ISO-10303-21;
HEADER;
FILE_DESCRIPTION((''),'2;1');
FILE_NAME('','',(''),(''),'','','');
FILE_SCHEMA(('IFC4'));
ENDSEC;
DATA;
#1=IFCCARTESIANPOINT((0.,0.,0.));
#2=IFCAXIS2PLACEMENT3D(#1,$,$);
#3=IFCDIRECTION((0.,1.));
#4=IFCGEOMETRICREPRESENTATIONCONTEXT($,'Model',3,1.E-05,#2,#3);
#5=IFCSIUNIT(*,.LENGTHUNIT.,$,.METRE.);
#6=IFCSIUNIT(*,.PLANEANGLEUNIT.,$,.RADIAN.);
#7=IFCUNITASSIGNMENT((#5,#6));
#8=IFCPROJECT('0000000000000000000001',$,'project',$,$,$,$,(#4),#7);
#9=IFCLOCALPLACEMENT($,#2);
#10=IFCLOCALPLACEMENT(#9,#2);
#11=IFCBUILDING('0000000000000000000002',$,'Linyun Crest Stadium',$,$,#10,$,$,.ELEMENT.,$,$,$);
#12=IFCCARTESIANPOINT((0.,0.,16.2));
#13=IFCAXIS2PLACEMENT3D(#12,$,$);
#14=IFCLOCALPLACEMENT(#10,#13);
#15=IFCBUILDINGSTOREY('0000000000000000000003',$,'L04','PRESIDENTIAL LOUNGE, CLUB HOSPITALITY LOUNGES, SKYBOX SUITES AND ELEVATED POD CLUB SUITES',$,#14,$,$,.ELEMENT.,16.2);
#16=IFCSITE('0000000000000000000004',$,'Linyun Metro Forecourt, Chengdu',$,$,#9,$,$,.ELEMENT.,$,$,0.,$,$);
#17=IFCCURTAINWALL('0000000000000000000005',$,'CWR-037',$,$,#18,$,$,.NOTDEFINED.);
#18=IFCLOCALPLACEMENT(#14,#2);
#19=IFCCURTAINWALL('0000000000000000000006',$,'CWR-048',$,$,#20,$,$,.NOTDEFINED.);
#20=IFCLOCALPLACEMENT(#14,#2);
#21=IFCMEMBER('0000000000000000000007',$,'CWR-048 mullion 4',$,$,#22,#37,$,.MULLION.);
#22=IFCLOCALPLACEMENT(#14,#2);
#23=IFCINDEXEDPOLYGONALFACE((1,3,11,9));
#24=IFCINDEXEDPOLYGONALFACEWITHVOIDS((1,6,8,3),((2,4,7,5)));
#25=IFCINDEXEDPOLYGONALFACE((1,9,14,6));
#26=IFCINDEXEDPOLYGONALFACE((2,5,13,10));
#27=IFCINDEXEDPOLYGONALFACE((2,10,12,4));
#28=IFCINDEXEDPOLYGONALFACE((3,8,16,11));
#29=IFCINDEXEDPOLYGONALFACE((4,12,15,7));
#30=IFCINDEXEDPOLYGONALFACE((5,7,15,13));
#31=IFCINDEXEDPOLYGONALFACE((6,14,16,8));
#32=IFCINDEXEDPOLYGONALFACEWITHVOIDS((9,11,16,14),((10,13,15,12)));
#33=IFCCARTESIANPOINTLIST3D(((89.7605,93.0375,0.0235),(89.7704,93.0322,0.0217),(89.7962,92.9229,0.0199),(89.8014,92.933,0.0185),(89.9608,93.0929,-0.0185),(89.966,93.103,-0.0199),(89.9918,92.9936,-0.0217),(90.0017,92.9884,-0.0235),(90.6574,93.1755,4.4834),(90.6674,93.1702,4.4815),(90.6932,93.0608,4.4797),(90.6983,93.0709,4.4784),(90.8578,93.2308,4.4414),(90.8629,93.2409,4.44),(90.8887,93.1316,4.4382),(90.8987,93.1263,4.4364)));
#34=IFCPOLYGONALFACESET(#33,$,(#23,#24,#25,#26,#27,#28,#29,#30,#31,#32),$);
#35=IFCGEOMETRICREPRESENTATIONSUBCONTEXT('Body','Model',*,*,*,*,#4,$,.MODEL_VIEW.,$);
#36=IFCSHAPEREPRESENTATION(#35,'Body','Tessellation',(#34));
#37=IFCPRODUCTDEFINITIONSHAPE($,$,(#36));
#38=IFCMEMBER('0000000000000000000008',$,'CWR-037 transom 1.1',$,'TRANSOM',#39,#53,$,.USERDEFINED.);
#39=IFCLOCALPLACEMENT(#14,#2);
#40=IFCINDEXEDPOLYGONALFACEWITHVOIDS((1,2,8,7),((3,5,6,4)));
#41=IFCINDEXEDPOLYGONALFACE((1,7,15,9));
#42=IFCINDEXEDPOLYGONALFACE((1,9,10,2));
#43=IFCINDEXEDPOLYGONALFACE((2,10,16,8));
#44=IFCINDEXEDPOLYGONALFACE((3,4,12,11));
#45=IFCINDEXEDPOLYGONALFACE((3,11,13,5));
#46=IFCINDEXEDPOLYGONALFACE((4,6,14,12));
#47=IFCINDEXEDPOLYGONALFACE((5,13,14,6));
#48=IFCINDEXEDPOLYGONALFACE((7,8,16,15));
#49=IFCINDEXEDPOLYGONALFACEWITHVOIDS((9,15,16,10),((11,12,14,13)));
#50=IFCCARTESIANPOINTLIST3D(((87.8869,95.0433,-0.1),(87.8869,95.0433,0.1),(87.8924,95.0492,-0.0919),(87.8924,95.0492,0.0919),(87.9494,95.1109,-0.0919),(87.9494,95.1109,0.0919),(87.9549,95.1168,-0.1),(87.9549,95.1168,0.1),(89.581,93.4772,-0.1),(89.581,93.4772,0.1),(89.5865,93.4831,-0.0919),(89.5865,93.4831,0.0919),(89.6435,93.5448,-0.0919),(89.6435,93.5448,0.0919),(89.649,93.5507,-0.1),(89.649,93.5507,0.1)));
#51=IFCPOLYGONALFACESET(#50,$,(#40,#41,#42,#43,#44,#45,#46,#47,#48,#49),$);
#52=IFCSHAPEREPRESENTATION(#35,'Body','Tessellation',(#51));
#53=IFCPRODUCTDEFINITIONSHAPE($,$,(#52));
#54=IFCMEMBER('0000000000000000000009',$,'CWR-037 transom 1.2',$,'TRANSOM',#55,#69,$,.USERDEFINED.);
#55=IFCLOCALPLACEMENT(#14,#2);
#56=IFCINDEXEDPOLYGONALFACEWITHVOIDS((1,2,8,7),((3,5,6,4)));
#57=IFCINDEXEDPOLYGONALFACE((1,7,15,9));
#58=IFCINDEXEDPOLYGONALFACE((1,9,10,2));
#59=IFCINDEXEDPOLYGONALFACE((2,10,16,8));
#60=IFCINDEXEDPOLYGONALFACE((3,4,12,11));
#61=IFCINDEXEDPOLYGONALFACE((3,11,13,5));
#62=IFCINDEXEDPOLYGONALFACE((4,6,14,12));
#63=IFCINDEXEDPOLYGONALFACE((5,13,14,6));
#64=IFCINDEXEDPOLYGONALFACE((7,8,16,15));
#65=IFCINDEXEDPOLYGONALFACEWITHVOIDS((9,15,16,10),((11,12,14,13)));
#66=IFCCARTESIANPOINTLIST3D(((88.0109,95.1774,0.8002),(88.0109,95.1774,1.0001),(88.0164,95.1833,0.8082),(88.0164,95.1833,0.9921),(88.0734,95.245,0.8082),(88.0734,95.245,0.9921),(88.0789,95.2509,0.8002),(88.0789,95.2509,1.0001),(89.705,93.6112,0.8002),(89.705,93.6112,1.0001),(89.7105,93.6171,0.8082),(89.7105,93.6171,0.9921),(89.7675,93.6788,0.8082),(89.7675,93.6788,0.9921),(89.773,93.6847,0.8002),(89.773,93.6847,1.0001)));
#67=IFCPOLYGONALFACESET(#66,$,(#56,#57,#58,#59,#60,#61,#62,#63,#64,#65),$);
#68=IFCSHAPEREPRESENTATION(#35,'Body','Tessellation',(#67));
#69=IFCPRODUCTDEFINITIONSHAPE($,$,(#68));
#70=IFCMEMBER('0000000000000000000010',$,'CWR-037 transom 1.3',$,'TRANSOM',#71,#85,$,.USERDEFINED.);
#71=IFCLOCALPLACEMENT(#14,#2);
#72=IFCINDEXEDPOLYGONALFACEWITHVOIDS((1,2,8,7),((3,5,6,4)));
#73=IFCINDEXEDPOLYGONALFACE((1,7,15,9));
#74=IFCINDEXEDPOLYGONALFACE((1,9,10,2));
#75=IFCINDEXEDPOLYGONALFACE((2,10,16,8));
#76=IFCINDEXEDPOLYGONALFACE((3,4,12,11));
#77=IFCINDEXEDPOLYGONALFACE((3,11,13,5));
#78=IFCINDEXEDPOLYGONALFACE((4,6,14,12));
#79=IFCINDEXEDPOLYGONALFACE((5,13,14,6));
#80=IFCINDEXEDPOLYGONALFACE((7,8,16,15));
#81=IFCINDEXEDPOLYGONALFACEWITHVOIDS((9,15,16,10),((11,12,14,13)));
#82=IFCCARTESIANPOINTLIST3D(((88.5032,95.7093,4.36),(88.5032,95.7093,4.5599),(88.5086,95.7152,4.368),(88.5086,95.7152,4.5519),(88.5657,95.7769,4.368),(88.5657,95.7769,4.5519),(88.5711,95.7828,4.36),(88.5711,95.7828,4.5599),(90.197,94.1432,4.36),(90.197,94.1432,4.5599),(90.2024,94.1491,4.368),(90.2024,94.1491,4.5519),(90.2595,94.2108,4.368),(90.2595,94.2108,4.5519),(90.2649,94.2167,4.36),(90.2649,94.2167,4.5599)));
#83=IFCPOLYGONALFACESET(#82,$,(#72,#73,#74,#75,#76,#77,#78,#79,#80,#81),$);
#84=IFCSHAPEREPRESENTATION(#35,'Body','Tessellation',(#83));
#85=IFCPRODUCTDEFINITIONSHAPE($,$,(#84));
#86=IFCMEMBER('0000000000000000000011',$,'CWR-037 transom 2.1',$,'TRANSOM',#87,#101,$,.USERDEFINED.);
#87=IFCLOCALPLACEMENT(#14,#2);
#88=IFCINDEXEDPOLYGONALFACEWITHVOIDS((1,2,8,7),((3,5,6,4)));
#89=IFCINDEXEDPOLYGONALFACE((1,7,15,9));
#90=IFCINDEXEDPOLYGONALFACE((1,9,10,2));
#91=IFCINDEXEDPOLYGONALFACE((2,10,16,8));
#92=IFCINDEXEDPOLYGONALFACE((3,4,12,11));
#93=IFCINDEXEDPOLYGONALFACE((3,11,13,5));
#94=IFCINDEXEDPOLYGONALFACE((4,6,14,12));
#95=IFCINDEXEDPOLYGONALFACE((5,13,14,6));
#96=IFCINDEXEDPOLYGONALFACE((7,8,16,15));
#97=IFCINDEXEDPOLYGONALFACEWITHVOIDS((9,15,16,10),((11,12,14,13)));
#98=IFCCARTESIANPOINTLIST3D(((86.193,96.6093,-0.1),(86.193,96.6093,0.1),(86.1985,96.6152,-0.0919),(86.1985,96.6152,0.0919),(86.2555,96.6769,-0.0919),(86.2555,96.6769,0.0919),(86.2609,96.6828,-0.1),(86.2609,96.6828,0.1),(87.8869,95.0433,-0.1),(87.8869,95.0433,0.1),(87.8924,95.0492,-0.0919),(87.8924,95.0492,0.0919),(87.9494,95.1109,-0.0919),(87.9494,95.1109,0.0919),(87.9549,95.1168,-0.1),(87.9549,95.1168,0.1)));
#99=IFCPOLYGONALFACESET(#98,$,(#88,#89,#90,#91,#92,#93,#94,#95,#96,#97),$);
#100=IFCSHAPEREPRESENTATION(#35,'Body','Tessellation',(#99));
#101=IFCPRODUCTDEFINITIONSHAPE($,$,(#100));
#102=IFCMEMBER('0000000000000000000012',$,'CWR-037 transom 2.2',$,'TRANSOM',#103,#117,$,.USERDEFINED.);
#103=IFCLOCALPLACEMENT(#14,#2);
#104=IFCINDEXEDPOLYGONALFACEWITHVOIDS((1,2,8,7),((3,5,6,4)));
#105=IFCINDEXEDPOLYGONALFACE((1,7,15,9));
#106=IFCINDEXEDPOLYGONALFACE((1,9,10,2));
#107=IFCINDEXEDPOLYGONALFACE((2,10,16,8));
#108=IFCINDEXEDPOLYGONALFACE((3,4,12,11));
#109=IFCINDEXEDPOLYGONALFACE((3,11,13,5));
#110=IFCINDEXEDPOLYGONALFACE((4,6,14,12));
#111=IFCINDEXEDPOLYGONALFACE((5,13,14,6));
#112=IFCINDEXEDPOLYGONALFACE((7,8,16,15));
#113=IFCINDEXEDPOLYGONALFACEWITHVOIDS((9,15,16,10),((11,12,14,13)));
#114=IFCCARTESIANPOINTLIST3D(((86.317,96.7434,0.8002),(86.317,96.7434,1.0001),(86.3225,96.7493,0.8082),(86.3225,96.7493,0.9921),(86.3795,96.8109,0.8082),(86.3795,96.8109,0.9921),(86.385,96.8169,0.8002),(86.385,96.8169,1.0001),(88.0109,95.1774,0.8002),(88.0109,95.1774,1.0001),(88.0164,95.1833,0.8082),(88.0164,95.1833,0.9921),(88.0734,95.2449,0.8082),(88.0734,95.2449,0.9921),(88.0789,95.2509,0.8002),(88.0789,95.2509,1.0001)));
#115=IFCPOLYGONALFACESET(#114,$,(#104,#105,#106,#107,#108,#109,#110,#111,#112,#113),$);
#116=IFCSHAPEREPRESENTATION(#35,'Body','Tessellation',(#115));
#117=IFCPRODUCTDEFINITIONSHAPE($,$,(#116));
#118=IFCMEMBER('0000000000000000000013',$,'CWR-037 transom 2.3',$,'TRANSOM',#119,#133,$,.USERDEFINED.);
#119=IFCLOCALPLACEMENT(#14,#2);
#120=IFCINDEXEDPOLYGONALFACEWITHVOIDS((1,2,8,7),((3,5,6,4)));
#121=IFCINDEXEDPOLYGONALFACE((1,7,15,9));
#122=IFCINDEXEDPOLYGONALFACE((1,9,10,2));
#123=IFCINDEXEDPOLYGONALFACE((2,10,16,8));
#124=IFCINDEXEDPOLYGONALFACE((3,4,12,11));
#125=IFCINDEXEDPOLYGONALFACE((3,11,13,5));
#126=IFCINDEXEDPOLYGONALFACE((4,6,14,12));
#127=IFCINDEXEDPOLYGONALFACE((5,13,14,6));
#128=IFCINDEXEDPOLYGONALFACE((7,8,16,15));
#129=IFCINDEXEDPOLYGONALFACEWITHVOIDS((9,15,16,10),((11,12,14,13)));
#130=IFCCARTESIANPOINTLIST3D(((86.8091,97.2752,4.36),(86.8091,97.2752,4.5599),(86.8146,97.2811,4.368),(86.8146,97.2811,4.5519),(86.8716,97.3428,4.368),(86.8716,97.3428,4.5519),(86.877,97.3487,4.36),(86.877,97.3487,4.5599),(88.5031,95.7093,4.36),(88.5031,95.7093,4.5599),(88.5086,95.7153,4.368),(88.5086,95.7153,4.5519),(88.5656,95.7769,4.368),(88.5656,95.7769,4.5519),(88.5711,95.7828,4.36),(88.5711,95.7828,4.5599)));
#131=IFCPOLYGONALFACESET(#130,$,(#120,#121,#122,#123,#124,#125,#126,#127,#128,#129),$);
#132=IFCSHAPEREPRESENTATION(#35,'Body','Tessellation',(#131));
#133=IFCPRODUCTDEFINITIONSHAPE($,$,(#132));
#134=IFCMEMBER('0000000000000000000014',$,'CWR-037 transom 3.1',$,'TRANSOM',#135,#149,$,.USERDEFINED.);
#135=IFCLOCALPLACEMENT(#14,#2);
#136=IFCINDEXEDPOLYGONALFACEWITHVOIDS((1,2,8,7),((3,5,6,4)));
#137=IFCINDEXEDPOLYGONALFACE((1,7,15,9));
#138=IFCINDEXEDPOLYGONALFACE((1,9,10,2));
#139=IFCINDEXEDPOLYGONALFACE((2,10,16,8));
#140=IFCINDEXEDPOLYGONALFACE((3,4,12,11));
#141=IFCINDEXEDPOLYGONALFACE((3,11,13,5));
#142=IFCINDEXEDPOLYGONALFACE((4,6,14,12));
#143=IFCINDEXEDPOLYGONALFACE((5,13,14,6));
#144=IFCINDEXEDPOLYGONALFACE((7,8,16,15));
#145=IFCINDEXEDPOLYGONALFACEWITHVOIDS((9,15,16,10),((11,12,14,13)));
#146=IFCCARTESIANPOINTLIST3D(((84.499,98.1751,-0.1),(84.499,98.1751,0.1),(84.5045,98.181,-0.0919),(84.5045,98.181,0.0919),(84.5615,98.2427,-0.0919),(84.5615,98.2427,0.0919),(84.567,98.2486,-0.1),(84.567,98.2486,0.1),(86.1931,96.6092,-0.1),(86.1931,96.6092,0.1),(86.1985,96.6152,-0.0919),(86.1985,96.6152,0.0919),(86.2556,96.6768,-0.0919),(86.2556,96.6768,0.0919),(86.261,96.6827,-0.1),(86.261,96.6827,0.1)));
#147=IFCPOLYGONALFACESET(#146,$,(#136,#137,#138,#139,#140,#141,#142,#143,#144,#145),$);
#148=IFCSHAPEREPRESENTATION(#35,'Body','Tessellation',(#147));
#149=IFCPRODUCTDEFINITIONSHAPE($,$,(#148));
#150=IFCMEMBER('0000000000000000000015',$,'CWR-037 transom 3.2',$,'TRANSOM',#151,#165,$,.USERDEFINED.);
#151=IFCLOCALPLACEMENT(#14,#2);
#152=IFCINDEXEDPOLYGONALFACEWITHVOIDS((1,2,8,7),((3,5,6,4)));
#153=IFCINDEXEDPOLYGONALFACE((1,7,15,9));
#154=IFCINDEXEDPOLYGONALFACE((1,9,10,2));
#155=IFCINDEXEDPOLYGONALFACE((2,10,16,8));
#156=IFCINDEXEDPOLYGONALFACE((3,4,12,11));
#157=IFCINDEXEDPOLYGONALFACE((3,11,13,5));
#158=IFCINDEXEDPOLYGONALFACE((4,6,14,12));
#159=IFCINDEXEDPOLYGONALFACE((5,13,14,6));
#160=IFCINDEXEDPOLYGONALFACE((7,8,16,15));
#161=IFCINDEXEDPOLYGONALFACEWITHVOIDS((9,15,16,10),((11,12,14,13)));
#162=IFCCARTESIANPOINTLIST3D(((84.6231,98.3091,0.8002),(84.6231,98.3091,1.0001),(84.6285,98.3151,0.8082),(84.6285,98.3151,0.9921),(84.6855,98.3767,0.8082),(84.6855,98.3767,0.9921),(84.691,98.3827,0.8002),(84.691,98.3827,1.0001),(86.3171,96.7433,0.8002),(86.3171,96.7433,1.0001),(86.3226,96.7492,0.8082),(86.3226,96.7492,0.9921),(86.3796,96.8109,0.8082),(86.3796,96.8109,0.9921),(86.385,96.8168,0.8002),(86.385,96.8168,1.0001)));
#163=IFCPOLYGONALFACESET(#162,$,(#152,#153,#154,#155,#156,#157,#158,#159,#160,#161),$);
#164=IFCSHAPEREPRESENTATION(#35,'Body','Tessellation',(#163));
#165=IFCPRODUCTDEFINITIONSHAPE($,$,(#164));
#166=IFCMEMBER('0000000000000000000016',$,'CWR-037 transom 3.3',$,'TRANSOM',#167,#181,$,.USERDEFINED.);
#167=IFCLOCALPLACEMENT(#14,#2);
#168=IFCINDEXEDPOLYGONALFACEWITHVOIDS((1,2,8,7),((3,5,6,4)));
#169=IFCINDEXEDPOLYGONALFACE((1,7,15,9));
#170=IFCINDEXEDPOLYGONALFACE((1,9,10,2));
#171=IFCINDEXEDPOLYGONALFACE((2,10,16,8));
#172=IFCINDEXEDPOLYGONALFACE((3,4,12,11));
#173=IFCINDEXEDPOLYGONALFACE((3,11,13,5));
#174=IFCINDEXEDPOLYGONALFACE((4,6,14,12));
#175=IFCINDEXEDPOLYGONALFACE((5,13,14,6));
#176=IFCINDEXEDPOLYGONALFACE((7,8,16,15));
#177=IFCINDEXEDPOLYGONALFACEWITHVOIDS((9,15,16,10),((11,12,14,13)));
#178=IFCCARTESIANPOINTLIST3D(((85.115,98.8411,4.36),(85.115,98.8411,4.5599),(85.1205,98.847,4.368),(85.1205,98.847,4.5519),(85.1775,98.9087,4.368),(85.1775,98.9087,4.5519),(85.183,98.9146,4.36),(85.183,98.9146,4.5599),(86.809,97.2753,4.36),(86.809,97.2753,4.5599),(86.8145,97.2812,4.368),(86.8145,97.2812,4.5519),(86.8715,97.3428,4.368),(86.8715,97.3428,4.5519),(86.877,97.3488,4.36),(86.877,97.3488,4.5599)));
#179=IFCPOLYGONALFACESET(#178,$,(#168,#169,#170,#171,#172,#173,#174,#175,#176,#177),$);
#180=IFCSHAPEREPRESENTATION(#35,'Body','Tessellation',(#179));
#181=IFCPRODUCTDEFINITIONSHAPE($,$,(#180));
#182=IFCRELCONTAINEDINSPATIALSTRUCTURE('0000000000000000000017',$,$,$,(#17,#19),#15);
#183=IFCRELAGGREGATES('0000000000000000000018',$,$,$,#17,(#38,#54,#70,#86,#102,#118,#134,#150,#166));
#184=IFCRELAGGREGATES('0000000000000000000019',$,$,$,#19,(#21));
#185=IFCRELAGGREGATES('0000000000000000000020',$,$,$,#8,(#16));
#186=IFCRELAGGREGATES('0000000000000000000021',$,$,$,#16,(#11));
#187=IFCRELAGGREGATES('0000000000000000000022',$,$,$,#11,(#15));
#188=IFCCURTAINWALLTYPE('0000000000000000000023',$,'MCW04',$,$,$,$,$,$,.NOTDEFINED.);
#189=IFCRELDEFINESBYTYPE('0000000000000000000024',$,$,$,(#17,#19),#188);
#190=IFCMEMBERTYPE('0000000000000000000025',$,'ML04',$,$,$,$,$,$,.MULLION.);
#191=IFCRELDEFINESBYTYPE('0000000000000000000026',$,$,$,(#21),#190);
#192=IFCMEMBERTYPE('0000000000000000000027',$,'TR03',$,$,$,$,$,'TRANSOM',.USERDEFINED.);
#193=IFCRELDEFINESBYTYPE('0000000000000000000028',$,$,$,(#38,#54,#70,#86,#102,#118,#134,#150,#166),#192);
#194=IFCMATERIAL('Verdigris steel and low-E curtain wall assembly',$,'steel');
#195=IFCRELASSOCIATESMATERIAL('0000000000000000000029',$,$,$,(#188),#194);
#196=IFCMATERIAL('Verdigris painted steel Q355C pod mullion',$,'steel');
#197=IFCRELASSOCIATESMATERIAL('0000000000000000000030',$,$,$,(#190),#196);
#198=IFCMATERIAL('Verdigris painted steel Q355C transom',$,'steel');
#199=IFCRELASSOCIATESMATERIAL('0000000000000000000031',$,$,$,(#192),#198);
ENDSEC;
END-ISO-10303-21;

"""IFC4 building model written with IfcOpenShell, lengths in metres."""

from ifc_helpers import new_model, si_unit, direction, frame, origin, origin_2d, place, context, subcontext, project, spatial, hollow_rectangle, extrude, material, material_profile, profile_set, type_object, element, aggregate, save


model = new_model("IFC4")

# Units and contexts
model_context = context("Model", 3, precision=1e-05, world=origin(), true_north=direction((0.0, 1.0)))
body_context = subcontext(model_context, "Body", "Model", "MODEL_VIEW")
ifc_project = project(units=[si_unit("LENGTHUNIT", "METRE"), si_unit("PLANEANGLEUNIT", "RADIAN")], contexts=[model_context])

# Site, building, storey
site_placement = place(None, origin())
site = spatial("IfcSite", under=ifc_project, at=site_placement, Name="Linyun Metro Forecourt, Chengdu", CompositionType="ELEMENT", RefElevation=0.0)
building_placement = place(site_placement, origin())
building = spatial("IfcBuilding", under=site, at=building_placement, Name="Linyun Crest Stadium", CompositionType="ELEMENT")
storey_placement = place(building_placement, frame((0.0, 0.0, 16.2)))
storey = spatial("IfcBuildingStorey", under=building, at=storey_placement, Name="L04", Description="PRESIDENTIAL LOUNGE, CLUB HOSPITALITY LOUNGES, SKYBOX SUITES AND ELEVATED POD CLUB SUITES", CompositionType="ELEMENT", Elevation=16.2)

# Curtain wall
ifc_material_1 = material(Name="Verdigris steel and low-E curtain wall assembly", Category="steel")
curtain_wall_type = type_object("IfcCurtainWallType", Name="MCW04", PredefinedType="NOTDEFINED", material=ifc_material_1)
curtain_wall_1_placement = place(storey_placement, origin())
curtain_wall_1 = element("IfcCurtainWall", 1, at=curtain_wall_1_placement, inside=storey, type_object=curtain_wall_type, Name="CWR-037", PredefinedType="NOTDEFINED")
ifc_material_2 = material(Name="Verdigris painted steel Q355C pod mullion", Category="steel")
ifc_material_profile_1 = material_profile(ifc_material_2, hollow_rectangle(XDim=0.1201, YDim=0.22, WallThickness=0.0081, at=origin_2d()), Name="RHS 220x120x8")
ifc_profile_set_1 = profile_set([ifc_material_profile_1], Name="Verdigris painted steel Q355C pod mullion")
member_type_1 = type_object("IfcMemberType", Name="ML04", PredefinedType="MULLION", material=ifc_profile_set_1)

# Curtain wall, member
curtain_wall_2_placement = place(storey_placement, origin())
curtain_wall_2 = element("IfcCurtainWall", 2, at=curtain_wall_2_placement, inside=storey, type_object=curtain_wall_type, Name="CWR-048", PredefinedType="NOTDEFINED")
member_1_placement = place(storey_placement, frame((89.8811, 93.0129, 0.0), z_axis=(0.197078, 0.030307, 0.979919), x_axis=(0.297564, -0.95422, -0.030333)))
member_1 = element("IfcMember", 3, at=member_1_placement, type_object=member_type_1, Name="CWR-048 mullion 4", PredefinedType="MULLION", context=body_context, shape_type="SweptSolid", body=[
    extrude(hollow_rectangle(XDim=0.1201, YDim=0.22, WallThickness=0.0081, at=origin_2d()), origin(), (0.0, 0.0, 1.0), 4.5513),
])

# Members
ifc_material_3 = material(Name="Verdigris painted steel Q355C transom", Category="steel")
ifc_material_profile_2 = material_profile(ifc_material_3, hollow_rectangle(XDim=0.1001, YDim=0.2, WallThickness=0.0081, at=origin_2d()), Name="RHS 200x100x8")
ifc_profile_set_2 = profile_set([ifc_material_profile_2], Name="Verdigris painted steel Q355C transom")
member_type_2 = type_object("IfcMemberType", Name="TR03", ElementType="TRANSOM", PredefinedType="USERDEFINED", material=ifc_profile_set_2)
member_2_placement = place(storey_placement, frame((89.615, 93.5139, 0.0), z_axis=(-0.734288, 0.678838, 0.0), x_axis=(-0.678838, -0.734288, 0.0)))
member_2 = element("IfcMember", 4, at=member_2_placement, type_object=member_type_2, Name="CWR-037 transom 1.1", ObjectType="TRANSOM", PredefinedType="USERDEFINED", context=body_context, shape_type="SweptSolid", body=[
    extrude(hollow_rectangle(XDim=0.1001, YDim=0.2, WallThickness=0.0081, at=origin_2d()), origin(), (0.0, 0.0, 1.0), 2.3071),
])
member_3_placement = place(storey_placement, frame((89.739, 93.6479, 0.9001), z_axis=(-0.734288, 0.678838, 0.0), x_axis=(-0.678838, -0.734288, 0.0)))
member_3 = element("IfcMember", 5, at=member_3_placement, type_object=member_type_2, Name="CWR-037 transom 1.2", ObjectType="TRANSOM", PredefinedType="USERDEFINED", context=body_context, shape_type="SweptSolid", body=[
    extrude(hollow_rectangle(XDim=0.1001, YDim=0.2, WallThickness=0.0081, at=origin_2d()), origin(), (0.0, 0.0, 1.0), 2.3071),
])
member_4_placement = place(storey_placement, frame((90.231, 94.1799, 4.46), z_axis=(-0.734239, 0.678891, 0.0), x_axis=(-0.678891, -0.734239, 0.0)))
member_4 = element("IfcMember", 6, at=member_4_placement, type_object=member_type_2, Name="CWR-037 transom 1.3", ObjectType="TRANSOM", PredefinedType="USERDEFINED", context=body_context, shape_type="SweptSolid", body=[
    extrude(hollow_rectangle(XDim=0.1001, YDim=0.2, WallThickness=0.0081, at=origin_2d()), origin(), (0.0, 0.0, 1.0), 2.3069),
])
member_5_placement = place(storey_placement, frame((87.9209, 95.0801, 0.0), z_axis=(-0.734292, 0.678834, 0.0), x_axis=(-0.678834, -0.734292, 0.0)))
member_5 = element("IfcMember", 7, at=member_5_placement, type_object=member_type_2, Name="CWR-037 transom 2.1", ObjectType="TRANSOM", PredefinedType="USERDEFINED", context=body_context, shape_type="SweptSolid", body=[
    extrude(hollow_rectangle(XDim=0.1001, YDim=0.2, WallThickness=0.0081, at=origin_2d()), origin(), (0.0, 0.0, 1.0), 2.3069),
])
member_6_placement = place(storey_placement, frame((88.0449, 95.2141, 0.9001), z_axis=(-0.734292, 0.678834, 0.0), x_axis=(-0.678834, -0.734292, 0.0)))
member_6 = element("IfcMember", 8, at=member_6_placement, type_object=member_type_2, Name="CWR-037 transom 2.2", ObjectType="TRANSOM", PredefinedType="USERDEFINED", context=body_context, shape_type="SweptSolid", body=[
    extrude(hollow_rectangle(XDim=0.1001, YDim=0.2, WallThickness=0.0081, at=origin_2d()), origin(), (0.0, 0.0, 1.0), 2.3069),
])
member_7_placement = place(storey_placement, frame((88.5371, 95.7461, 4.46), z_axis=(-0.734341, 0.678781, 0.0), x_axis=(-0.678781, -0.734341, 0.0)))
member_7 = element("IfcMember", 9, at=member_7_placement, type_object=member_type_2, Name="CWR-037 transom 2.3", ObjectType="TRANSOM", PredefinedType="USERDEFINED", context=body_context, shape_type="SweptSolid", body=[
    extrude(hollow_rectangle(XDim=0.1001, YDim=0.2, WallThickness=0.0081, at=origin_2d()), origin(), (0.0, 0.0, 1.0), 2.3069),
])
member_8_placement = place(storey_placement, frame((86.2271, 96.646, 0.0), z_axis=(-0.734341, 0.678781, 0.0), x_axis=(-0.678781, -0.734341, 0.0)))
member_8 = element("IfcMember", 10, at=member_8_placement, type_object=member_type_2, Name="CWR-037 transom 3.1", ObjectType="TRANSOM", PredefinedType="USERDEFINED", context=body_context, shape_type="SweptSolid", body=[
    extrude(hollow_rectangle(XDim=0.1001, YDim=0.2, WallThickness=0.0081, at=origin_2d()), origin(), (0.0, 0.0, 1.0), 2.3069),
])
member_9_placement = place(storey_placement, frame((86.3511, 96.78, 0.9001), z_axis=(-0.734341, 0.678781, 0.0), x_axis=(-0.678781, -0.734341, 0.0)))
member_9 = element("IfcMember", 11, at=member_9_placement, type_object=member_type_2, Name="CWR-037 transom 3.2", ObjectType="TRANSOM", PredefinedType="USERDEFINED", context=body_context, shape_type="SweptSolid", body=[
    extrude(hollow_rectangle(XDim=0.1001, YDim=0.2, WallThickness=0.0081, at=origin_2d()), origin(), (0.0, 0.0, 1.0), 2.3069),
])
member_10_placement = place(storey_placement, frame((86.843, 97.312, 4.46), z_axis=(-0.734341, 0.678781, 0.0), x_axis=(-0.678781, -0.734341, 0.0)))
member_10 = element("IfcMember", 12, at=member_10_placement, type_object=member_type_2, Name="CWR-037 transom 3.3", ObjectType="TRANSOM", PredefinedType="USERDEFINED", context=body_context, shape_type="SweptSolid", body=[
    extrude(hollow_rectangle(XDim=0.1001, YDim=0.2, WallThickness=0.0081, at=origin_2d()), origin(), (0.0, 0.0, 1.0), 2.3069),
])

aggregate(curtain_wall_1, [member_2, member_3, member_4, member_5, member_6, member_7, member_8, member_9, member_10])
aggregate(curtain_wall_2, [member_1])

save(model, "model.ifc")
